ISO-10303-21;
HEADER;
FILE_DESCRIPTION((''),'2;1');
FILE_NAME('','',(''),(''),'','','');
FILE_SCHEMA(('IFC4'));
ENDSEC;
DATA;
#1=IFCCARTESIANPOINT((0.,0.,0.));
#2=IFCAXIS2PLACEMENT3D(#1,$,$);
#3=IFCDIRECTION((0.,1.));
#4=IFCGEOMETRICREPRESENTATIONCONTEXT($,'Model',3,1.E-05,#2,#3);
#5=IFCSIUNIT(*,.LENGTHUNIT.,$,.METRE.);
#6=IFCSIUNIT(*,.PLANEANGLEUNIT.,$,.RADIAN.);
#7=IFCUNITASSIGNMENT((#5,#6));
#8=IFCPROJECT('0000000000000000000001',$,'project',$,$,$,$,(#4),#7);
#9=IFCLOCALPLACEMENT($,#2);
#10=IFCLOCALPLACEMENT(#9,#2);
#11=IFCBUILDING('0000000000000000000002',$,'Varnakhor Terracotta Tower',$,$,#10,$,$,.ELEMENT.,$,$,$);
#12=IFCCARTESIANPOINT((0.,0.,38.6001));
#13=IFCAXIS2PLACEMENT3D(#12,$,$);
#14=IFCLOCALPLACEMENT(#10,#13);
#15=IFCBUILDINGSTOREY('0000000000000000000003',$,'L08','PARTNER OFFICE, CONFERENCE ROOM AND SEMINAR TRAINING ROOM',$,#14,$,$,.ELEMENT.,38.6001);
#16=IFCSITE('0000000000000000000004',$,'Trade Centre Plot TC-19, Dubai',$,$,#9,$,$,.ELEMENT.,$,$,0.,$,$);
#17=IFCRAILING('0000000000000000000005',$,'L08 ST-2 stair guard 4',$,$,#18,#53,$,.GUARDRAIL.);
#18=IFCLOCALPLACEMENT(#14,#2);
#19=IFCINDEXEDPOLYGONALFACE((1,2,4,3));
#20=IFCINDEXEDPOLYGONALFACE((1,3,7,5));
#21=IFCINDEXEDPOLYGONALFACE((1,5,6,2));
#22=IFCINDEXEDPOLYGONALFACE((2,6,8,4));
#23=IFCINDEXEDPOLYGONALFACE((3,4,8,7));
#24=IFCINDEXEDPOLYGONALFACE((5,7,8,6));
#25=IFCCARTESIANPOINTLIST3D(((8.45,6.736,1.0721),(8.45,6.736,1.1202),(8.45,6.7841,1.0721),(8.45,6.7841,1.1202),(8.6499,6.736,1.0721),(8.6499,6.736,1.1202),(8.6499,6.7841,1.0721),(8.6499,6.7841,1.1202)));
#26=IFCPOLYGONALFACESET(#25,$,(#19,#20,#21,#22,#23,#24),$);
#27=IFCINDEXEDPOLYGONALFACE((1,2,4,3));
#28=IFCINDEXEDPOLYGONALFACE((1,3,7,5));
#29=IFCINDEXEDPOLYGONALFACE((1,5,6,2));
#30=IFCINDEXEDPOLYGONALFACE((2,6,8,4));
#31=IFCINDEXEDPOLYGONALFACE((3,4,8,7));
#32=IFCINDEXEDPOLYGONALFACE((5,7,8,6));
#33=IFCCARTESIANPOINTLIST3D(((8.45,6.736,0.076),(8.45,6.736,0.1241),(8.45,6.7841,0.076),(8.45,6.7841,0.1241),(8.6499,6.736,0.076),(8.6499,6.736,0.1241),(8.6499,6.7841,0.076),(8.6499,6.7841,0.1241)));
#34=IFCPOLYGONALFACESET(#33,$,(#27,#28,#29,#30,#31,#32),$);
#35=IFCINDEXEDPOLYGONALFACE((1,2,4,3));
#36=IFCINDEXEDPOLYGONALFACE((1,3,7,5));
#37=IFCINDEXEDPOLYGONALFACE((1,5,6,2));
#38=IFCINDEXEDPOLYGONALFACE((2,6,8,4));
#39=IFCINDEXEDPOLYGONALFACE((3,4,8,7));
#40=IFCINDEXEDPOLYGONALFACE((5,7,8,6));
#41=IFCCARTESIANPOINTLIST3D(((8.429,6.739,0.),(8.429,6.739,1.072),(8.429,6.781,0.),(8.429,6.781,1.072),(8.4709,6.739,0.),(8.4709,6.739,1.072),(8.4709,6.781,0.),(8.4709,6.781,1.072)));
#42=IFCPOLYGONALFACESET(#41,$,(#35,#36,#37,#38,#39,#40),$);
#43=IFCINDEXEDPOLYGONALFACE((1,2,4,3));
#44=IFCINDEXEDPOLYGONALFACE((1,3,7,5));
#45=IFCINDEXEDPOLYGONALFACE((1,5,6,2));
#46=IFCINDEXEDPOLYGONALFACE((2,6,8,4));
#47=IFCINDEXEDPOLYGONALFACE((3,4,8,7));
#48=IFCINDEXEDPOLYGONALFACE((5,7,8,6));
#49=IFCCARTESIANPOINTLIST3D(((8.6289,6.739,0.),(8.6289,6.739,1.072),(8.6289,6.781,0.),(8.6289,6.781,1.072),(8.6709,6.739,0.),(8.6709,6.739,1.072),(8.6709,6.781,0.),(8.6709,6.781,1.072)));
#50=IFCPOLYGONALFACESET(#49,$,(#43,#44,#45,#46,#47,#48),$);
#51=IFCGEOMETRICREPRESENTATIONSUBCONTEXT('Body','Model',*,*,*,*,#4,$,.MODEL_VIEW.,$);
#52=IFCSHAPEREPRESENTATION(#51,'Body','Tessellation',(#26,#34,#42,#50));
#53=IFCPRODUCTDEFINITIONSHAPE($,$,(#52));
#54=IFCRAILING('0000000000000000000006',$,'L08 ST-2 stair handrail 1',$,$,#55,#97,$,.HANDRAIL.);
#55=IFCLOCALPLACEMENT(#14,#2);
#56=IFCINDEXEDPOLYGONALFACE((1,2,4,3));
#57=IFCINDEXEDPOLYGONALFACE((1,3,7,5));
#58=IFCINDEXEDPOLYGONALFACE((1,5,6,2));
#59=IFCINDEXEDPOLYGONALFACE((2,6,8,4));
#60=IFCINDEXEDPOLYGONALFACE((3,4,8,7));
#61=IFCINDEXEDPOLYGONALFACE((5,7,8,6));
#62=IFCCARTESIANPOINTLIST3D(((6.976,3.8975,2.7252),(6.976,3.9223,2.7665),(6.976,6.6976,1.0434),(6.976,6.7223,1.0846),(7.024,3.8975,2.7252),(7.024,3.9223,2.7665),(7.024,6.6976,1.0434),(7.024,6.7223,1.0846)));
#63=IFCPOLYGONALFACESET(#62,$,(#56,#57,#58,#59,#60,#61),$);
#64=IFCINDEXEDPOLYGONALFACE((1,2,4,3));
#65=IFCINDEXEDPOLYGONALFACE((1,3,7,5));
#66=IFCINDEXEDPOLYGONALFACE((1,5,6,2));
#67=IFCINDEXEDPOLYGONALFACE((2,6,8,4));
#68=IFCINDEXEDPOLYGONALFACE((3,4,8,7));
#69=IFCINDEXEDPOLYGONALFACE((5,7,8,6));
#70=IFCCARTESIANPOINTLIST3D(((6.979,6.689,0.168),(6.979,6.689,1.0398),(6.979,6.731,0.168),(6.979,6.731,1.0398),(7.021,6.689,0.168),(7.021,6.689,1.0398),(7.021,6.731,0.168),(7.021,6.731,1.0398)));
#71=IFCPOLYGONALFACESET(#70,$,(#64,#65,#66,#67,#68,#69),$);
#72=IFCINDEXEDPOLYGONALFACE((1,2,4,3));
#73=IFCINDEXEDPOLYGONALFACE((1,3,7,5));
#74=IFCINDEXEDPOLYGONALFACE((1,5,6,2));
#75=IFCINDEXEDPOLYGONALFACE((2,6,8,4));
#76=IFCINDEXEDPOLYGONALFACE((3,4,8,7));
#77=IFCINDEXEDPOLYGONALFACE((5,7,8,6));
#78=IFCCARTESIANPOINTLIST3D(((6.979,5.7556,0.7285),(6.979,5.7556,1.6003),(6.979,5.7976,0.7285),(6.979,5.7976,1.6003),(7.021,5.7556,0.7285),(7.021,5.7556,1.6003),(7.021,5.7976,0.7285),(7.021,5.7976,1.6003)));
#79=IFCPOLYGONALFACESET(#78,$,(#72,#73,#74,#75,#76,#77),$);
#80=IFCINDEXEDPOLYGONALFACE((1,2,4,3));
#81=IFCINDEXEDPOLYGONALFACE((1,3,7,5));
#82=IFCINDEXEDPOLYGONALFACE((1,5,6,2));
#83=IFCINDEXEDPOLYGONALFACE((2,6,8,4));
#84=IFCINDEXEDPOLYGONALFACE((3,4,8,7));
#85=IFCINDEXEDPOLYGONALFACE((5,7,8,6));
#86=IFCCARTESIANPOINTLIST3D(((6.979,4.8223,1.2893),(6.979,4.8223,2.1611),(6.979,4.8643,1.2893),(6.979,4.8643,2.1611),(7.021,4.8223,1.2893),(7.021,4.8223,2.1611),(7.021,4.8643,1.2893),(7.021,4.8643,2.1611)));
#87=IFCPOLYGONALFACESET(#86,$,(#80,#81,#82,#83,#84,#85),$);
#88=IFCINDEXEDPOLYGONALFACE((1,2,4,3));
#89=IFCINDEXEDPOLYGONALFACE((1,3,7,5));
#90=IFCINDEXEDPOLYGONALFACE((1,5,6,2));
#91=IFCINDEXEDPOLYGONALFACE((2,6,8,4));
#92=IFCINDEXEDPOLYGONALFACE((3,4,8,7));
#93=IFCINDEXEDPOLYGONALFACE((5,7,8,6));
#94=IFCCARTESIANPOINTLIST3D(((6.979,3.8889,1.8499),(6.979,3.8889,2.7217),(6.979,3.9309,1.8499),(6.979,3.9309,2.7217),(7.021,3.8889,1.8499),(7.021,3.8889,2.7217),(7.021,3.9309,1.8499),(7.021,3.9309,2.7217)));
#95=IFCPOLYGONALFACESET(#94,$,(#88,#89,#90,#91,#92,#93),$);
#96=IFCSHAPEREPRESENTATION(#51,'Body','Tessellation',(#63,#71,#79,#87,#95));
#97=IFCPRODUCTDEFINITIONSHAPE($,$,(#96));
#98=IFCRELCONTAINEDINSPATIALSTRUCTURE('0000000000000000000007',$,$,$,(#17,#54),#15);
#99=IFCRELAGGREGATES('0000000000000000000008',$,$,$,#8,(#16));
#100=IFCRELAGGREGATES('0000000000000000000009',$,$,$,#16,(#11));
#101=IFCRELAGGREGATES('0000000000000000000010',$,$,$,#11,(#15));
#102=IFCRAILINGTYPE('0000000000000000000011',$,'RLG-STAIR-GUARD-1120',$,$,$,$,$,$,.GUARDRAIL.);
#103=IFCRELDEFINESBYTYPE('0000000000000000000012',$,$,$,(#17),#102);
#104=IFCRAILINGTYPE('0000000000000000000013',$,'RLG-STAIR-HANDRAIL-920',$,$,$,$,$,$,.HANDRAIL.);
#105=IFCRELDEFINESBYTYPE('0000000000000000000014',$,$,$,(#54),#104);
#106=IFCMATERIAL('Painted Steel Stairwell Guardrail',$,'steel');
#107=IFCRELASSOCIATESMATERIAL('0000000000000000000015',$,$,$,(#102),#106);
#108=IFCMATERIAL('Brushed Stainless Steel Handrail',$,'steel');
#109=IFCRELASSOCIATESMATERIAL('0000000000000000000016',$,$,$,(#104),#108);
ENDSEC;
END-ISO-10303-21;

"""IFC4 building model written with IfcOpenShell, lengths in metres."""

from ifc_helpers import new_model, si_unit, direction, frame, origin, origin_2d, place, context, subcontext, project, spatial, rectangle, extrude, material, type_object, element, save


model = new_model("IFC4")

# Units and contexts
model_context = context("Model", 3, precision=1e-05, world=origin(), true_north=direction((0.0, 1.0)))
body_context = subcontext(model_context, "Body", "Model", "MODEL_VIEW")
ifc_project = project(units=[si_unit("LENGTHUNIT", "METRE"), si_unit("PLANEANGLEUNIT", "RADIAN")], contexts=[model_context])

# Site, building, storey
site_placement = place(None, origin())
site = spatial("IfcSite", under=ifc_project, at=site_placement, Name="Trade Centre Plot TC-19, Dubai", CompositionType="ELEMENT", RefElevation=0.0)
building_placement = place(site_placement, origin())
building = spatial("IfcBuilding", under=site, at=building_placement, Name="Varnakhor Terracotta Tower", CompositionType="ELEMENT")
storey_placement = place(building_placement, frame((0.0, 0.0, 38.6001)))
storey = spatial("IfcBuildingStorey", under=building, at=storey_placement, Name="L08", Description="PARTNER OFFICE, CONFERENCE ROOM AND SEMINAR TRAINING ROOM", CompositionType="ELEMENT", Elevation=38.6001)

# Railings
ifc_material_1 = material(Name="Painted Steel Stairwell Guardrail", Category="steel")
railing_type_1 = type_object("IfcRailingType", Name="RLG-STAIR-GUARD-1120", PredefinedType="GUARDRAIL", material=ifc_material_1)
railing_1_placement = place(storey_placement, frame((8.45, 6.76, 0.0)))
element("IfcRailing", 1, at=railing_1_placement, inside=storey, type_object=railing_type_1, Name="L08 ST-2 stair guard 4", PredefinedType="GUARDRAIL", context=body_context, shape_type="SweptSolid", body=[
    extrude(rectangle(XDim=0.0481, YDim=0.0481, at=origin_2d()), frame((0.0, 0.0, 1.0962), z_axis=(1.0, 0.0, 0.0), x_axis=(0.0, 1.0, 0.0)), (0.0, 0.0, 1.0), 0.2),
    extrude(rectangle(XDim=0.0481, YDim=0.0481, at=origin_2d()), frame((0.0, 0.0, 0.1001), z_axis=(1.0, 0.0, 0.0), x_axis=(0.0, 1.0, 0.0)), (0.0, 0.0, 1.0), 0.2),
    extrude(rectangle(XDim=0.042, YDim=0.042, at=origin_2d()), origin(), (0.0, 0.0, 1.0), 1.072),
    extrude(rectangle(XDim=0.042, YDim=0.042, at=origin_2d()), frame((0.2, 0.0, 0.0)), (0.0, 0.0, 1.0), 1.072),
])
ifc_material_2 = material(Name="Brushed Stainless Steel Handrail", Category="steel")
railing_type_2 = type_object("IfcRailingType", Name="RLG-STAIR-HANDRAIL-920", PredefinedType="HANDRAIL", material=ifc_material_2)
railing_2_placement = place(storey_placement, frame((7.0, 6.71, 0.168)))
element("IfcRailing", 2, at=railing_2_placement, inside=storey, type_object=railing_type_2, Name="L08 ST-2 stair handrail 1", PredefinedType="HANDRAIL", context=body_context, shape_type="SweptSolid", body=[
    extrude(rectangle(XDim=0.0481, YDim=0.0481, at=origin_2d()), frame((0.0, 0.0, 0.896), z_axis=(0.0, -0.857242, 0.514913), x_axis=(1.0, 0.0, 0.0)), (0.0, 0.0, 1.0), 3.2664),
    extrude(rectangle(XDim=0.042, YDim=0.042, at=origin_2d()), origin(), (0.0, 0.0, 1.0), 0.8718),
    extrude(rectangle(XDim=0.042, YDim=0.042, at=origin_2d()), frame((0.0, -0.9333, 0.5605)), (0.0, 0.0, 1.0), 0.8718),
    extrude(rectangle(XDim=0.042, YDim=0.042, at=origin_2d()), frame((0.0, -1.8667, 1.1213)), (0.0, 0.0, 1.0), 0.8718),
    extrude(rectangle(XDim=0.042, YDim=0.042, at=origin_2d()), frame((0.0, -2.8, 1.6819)), (0.0, 0.0, 1.0), 0.8718),
])

save(model, "model.ifc")
